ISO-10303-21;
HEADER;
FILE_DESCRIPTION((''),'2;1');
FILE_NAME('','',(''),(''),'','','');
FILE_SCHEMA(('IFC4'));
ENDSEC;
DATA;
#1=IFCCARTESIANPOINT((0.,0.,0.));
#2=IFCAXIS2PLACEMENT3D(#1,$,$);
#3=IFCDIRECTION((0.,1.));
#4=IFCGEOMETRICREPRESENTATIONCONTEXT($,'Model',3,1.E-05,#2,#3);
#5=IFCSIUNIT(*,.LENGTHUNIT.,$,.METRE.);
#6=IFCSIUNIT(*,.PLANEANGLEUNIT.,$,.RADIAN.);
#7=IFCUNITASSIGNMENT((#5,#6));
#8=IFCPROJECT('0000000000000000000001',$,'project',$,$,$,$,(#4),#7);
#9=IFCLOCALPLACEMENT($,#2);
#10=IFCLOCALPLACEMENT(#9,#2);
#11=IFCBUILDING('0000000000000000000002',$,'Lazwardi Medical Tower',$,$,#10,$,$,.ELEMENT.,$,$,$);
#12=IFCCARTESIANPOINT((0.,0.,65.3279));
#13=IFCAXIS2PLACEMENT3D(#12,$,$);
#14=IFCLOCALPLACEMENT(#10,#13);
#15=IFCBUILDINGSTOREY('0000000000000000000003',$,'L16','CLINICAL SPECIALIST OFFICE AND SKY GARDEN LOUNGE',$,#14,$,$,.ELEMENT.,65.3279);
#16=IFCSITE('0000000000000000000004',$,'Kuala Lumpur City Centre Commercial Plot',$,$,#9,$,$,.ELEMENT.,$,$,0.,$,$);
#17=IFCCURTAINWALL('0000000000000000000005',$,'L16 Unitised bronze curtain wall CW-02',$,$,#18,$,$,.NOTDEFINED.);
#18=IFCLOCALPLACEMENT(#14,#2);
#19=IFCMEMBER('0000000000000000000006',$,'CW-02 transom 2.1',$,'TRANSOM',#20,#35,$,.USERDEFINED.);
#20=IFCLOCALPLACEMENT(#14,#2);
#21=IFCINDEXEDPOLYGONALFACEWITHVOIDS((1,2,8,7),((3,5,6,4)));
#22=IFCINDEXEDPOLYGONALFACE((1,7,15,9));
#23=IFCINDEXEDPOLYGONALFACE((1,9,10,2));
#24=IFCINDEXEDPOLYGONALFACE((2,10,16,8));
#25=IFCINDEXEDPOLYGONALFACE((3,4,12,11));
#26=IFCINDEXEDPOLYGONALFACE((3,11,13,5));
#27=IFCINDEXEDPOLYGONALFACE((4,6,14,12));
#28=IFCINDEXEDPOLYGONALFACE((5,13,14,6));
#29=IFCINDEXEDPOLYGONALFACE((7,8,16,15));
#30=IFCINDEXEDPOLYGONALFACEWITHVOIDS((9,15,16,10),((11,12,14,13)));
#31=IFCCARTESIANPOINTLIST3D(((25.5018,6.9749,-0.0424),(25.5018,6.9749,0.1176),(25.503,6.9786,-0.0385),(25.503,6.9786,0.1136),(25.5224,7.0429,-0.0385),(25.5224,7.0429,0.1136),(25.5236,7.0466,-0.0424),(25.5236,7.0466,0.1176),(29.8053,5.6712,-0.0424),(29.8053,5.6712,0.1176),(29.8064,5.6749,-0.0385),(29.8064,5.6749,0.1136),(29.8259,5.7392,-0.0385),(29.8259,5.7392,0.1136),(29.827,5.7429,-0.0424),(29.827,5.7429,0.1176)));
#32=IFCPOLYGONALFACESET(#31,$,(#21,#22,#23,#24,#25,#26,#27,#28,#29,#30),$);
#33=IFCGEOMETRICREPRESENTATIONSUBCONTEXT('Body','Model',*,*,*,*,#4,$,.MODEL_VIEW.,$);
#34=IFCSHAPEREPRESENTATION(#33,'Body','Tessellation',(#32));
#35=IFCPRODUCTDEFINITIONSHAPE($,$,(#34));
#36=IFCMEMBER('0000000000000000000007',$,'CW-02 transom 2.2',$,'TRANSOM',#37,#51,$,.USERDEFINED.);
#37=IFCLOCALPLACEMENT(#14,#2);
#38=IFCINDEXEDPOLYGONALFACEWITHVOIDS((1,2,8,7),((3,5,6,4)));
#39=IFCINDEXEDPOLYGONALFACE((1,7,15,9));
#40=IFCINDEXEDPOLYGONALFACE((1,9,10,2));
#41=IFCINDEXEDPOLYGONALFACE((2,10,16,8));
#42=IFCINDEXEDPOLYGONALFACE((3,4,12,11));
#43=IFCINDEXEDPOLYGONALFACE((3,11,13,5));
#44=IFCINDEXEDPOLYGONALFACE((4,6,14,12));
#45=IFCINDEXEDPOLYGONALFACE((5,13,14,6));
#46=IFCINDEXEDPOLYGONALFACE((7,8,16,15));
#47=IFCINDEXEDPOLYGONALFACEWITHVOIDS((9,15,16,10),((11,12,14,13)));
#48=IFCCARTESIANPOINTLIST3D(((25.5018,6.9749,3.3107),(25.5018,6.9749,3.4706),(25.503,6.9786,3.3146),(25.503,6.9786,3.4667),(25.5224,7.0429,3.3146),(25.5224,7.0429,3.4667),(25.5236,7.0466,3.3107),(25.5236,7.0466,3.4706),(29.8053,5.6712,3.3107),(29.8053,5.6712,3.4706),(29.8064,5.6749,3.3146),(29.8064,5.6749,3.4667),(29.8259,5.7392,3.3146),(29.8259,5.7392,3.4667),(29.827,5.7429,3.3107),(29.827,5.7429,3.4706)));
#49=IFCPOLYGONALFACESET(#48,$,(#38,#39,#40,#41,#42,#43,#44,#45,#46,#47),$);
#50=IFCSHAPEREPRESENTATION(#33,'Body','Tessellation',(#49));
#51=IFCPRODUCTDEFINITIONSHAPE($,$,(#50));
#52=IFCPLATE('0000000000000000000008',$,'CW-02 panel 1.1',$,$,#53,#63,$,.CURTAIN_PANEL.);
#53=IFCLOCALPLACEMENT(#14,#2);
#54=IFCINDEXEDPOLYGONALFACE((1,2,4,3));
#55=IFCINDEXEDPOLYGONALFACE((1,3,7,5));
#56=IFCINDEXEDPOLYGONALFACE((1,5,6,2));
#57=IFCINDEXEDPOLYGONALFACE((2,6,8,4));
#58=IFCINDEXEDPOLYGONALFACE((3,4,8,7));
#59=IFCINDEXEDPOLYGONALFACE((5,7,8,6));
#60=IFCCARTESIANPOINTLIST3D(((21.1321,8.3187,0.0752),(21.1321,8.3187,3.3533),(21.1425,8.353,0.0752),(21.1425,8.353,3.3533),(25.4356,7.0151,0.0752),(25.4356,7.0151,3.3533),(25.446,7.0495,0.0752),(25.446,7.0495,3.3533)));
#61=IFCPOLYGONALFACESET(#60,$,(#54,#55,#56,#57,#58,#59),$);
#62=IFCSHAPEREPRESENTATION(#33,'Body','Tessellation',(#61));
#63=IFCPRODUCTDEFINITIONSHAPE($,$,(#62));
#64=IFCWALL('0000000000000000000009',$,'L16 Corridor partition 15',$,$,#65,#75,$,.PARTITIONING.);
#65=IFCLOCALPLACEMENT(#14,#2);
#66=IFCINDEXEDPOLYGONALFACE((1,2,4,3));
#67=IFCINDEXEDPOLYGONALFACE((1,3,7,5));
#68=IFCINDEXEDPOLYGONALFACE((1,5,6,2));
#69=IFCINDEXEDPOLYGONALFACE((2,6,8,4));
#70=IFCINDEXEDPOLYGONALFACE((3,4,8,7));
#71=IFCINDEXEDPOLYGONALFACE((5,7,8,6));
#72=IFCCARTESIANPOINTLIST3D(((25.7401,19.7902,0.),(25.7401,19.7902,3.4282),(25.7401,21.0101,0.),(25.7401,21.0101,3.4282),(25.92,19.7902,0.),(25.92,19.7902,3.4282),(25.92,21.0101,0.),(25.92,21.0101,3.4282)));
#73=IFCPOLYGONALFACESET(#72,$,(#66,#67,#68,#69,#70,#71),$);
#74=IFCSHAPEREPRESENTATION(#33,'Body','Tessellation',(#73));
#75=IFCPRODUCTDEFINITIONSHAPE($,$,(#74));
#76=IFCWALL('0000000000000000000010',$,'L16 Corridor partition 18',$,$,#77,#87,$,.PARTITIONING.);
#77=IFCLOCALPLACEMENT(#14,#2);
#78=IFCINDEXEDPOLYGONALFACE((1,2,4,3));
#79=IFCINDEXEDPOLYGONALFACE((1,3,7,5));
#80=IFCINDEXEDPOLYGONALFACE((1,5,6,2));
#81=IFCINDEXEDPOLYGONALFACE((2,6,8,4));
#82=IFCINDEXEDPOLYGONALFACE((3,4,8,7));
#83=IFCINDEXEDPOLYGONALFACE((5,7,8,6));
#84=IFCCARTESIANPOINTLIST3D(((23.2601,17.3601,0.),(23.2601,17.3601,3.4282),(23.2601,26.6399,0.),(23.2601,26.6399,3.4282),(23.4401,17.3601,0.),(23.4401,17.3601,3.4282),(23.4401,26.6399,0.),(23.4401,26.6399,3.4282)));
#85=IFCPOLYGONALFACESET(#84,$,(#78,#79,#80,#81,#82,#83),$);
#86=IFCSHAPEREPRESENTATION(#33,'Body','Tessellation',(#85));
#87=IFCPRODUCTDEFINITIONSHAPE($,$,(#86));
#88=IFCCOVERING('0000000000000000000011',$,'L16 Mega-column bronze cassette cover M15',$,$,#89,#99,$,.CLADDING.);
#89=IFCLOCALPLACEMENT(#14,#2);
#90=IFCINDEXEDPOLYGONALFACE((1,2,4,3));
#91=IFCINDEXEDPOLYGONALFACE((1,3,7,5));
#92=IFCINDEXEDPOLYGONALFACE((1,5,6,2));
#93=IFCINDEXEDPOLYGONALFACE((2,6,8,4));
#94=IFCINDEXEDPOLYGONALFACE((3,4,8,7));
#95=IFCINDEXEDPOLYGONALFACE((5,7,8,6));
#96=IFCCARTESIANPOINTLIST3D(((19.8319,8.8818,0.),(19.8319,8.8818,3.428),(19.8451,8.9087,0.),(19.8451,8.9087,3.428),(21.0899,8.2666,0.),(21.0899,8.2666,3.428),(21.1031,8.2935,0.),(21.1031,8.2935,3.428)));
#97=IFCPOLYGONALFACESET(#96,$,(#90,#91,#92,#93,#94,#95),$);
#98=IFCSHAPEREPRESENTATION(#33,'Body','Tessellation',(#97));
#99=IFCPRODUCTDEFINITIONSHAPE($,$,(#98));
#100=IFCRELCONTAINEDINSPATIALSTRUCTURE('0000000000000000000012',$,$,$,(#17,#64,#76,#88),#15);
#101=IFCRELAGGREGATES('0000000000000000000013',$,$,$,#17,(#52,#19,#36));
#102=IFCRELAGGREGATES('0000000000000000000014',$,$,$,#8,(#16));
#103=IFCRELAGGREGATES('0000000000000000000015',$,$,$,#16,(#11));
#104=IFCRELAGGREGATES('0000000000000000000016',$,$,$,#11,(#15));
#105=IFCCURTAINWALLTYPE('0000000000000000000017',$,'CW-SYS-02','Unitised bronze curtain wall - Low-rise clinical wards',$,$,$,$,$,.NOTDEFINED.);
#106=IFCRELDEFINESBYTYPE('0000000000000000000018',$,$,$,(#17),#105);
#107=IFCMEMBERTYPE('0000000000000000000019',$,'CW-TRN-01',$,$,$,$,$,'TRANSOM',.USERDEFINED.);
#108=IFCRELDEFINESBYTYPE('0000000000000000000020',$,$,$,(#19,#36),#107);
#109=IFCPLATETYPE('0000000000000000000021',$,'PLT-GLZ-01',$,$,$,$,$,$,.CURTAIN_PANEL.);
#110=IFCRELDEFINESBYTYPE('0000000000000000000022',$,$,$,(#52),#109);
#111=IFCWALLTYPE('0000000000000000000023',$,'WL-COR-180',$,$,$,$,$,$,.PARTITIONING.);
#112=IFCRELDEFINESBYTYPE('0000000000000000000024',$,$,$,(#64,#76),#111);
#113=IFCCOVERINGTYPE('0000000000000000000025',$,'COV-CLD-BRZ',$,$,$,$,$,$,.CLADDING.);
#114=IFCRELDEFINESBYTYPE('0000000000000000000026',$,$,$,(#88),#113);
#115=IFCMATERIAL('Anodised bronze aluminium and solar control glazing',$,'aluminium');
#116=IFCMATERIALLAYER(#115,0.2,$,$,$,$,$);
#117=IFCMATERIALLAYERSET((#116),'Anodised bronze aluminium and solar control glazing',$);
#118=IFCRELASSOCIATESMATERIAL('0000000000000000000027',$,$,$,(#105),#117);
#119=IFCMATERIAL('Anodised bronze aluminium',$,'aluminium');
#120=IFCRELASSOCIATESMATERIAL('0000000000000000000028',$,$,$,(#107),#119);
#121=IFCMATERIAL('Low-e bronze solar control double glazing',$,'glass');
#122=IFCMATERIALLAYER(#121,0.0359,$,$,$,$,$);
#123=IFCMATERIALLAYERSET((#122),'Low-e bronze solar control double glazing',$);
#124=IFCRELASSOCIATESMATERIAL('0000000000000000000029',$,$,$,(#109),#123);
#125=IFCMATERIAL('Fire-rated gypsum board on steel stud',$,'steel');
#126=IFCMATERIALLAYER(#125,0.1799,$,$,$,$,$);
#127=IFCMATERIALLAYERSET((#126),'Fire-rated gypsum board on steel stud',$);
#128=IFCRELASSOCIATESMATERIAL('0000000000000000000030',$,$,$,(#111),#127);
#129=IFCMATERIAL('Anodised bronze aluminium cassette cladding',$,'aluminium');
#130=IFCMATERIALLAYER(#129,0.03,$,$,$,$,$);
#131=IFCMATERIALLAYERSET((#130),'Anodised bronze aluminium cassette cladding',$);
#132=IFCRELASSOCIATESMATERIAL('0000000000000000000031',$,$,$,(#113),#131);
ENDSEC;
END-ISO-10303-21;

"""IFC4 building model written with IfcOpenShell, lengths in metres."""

from ifc_helpers import new_model, si_unit, direction, frame, frame_2d, origin, origin_2d, place, context, subcontext, project, spatial, rectangle, hollow_rectangle, extrude, material, layer, layer_set, material_profile, profile_set, type_object, element, aggregate, save


model = new_model("IFC4")

# Units and contexts
model_context = context("Model", 3, precision=1e-05, world=origin(), true_north=direction((0.0, 1.0)))
body_context = subcontext(model_context, "Body", "Model", "MODEL_VIEW")
ifc_project = project(units=[si_unit("LENGTHUNIT", "METRE"), si_unit("PLANEANGLEUNIT", "RADIAN")], contexts=[model_context])

# Site, building, storey
site_placement = place(None, origin())
site = spatial("IfcSite", under=ifc_project, at=site_placement, Name="Kuala Lumpur City Centre Commercial Plot", CompositionType="ELEMENT", RefElevation=0.0)
building_placement = place(site_placement, origin())
building = spatial("IfcBuilding", under=site, at=building_placement, Name="Lazwardi Medical Tower", CompositionType="ELEMENT")
storey_placement = place(building_placement, frame((0.0, 0.0, 65.3279)))
storey = spatial("IfcBuildingStorey", under=building, at=storey_placement, Name="L16", Description="CLINICAL SPECIALIST OFFICE AND SKY GARDEN LOUNGE", CompositionType="ELEMENT", Elevation=65.3279)

# Shared definitions
ifc_material_1 = material(Name="Anodised bronze aluminium and solar control glazing", Category="aluminium")
ifc_layer_1 = layer(ifc_material_1, 0.2)
ifc_layer_set_1 = layer_set([ifc_layer_1], Name="Anodised bronze aluminium and solar control glazing")
curtain_wall_type = type_object("IfcCurtainWallType", Name="CW-SYS-02", Description="Unitised bronze curtain wall - Low-rise clinical wards", PredefinedType="NOTDEFINED", material=ifc_layer_set_1)
ifc_material_2 = material(Name="Anodised bronze aluminium", Category="aluminium")

# Curtain wall, members, plate
curtain_wall_1_placement = place(storey_placement, origin())
curtain_wall_1 = element("IfcCurtainWall", 1, at=curtain_wall_1_placement, inside=storey, type_object=curtain_wall_type, Name="L16 Unitised bronze curtain wall CW-02", PredefinedType="NOTDEFINED")
ifc_material_profile_1 = material_profile(ifc_material_2, hollow_rectangle(XDim=0.075, YDim=0.1599, WallThickness=0.0039, at=origin_2d()), Name="ALU-TRANSOM 160x75x4")
ifc_profile_set_1 = profile_set([ifc_material_profile_1], Name="Anodised bronze aluminium")
member_type_1 = type_object("IfcMemberType", Name="CW-TRN-01", ElementType="TRANSOM", PredefinedType="USERDEFINED", material=ifc_profile_set_1)
member_1_placement = place(storey_placement, frame((25.5127, 7.0107, 0.0376), z_axis=(0.957047, -0.289932, 0.0), x_axis=(0.289932, 0.957047, 0.0)))
member_1 = element("IfcMember", 2, at=member_1_placement, type_object=member_type_1, Name="CW-02 transom 2.1", ObjectType="TRANSOM", PredefinedType="USERDEFINED", context=body_context, shape_type="SweptSolid", body=[
    extrude(hollow_rectangle(XDim=0.075, YDim=0.1599, WallThickness=0.0039, at=origin_2d()), origin(), (0.0, 0.0, 1.0), 4.4966),
])
member_2_placement = place(storey_placement, frame((25.5127, 7.0107, 3.3906), z_axis=(0.957047, -0.289932, 0.0), x_axis=(0.289932, 0.957047, 0.0)))
member_2 = element("IfcMember", 3, at=member_2_placement, type_object=member_type_1, Name="CW-02 transom 2.2", ObjectType="TRANSOM", PredefinedType="USERDEFINED", context=body_context, shape_type="SweptSolid", body=[
    extrude(hollow_rectangle(XDim=0.075, YDim=0.1599, WallThickness=0.0039, at=origin_2d()), origin(), (0.0, 0.0, 1.0), 4.4966),
])
ifc_material_3 = material(Name="Low-e bronze solar control double glazing", Category="glass")
ifc_layer_2 = layer(ifc_material_3, 0.0359)
ifc_layer_set_2 = layer_set([ifc_layer_2], Name="Low-e bronze solar control double glazing")
plate_type = type_object("IfcPlateType", Name="PLT-GLZ-01", PredefinedType="CURTAIN_PANEL", material=ifc_layer_set_2)
plate_placement = place(storey_placement, frame((23.2891, 7.6841, 0.0752), z_axis=(0.0, 0.0, 1.0), x_axis=(0.957058, -0.289896, 0.0)))
plate = element("IfcPlate", 4, at=plate_placement, type_object=plate_type, Name="CW-02 panel 1.1", PredefinedType="CURTAIN_PANEL", context=body_context, shape_type="SweptSolid", body=[
    extrude(rectangle(XDim=4.4966, YDim=0.0359, at=origin_2d()), origin(), (0.0, 0.0, 1.0), 3.2781),
])
aggregate(curtain_wall_1, [plate, member_1, member_2])

# Walls
ifc_material_4 = material(Name="Fire-rated gypsum board on steel stud", Category="steel")
ifc_layer_3 = layer(ifc_material_4, 0.1799)
ifc_layer_set_3 = layer_set([ifc_layer_3], Name="Fire-rated gypsum board on steel stud")
wall_type_1 = type_object("IfcWallType", Name="WL-COR-180", PredefinedType="PARTITIONING", material=ifc_layer_set_3)
wall_1_placement = place(storey_placement, frame((25.8301, 21.01, 0.0), z_axis=(0.0, 0.0, 1.0), x_axis=(0.0, -1.0, 0.0)))
element("IfcWall", 5, at=wall_1_placement, inside=storey, type_object=wall_type_1, Name="L16 Corridor partition 15", PredefinedType="PARTITIONING", context=body_context, shape_type="SweptSolid", body=[
    extrude(rectangle(XDim=1.22, YDim=0.1799, at=frame_2d((0.6099, 0.0))), origin(), (0.0, 0.0, 1.0), 3.4282),
])
wall_2_placement = place(storey_placement, frame((23.3501, 17.3601, 0.0), z_axis=(0.0, 0.0, 1.0), x_axis=(0.0, 1.0, 0.0)))
element("IfcWall", 6, at=wall_2_placement, inside=storey, type_object=wall_type_1, Name="L16 Corridor partition 18", PredefinedType="PARTITIONING", context=body_context, shape_type="SweptSolid", body=[
    extrude(rectangle(XDim=9.2798, YDim=0.1799, at=frame_2d((4.6399, 0.0))), origin(), (0.0, 0.0, 1.0), 3.4282),
])

# Covering
ifc_material_5 = material(Name="Anodised bronze aluminium cassette cladding", Category="aluminium")
ifc_layer_4 = layer(ifc_material_5, 0.03)
ifc_layer_set_4 = layer_set([ifc_layer_4], Name="Anodised bronze aluminium cassette cladding")
covering_type = type_object("IfcCoveringType", Name="COV-CLD-BRZ", PredefinedType="CLADDING", material=ifc_layer_set_4)
covering_placement = place(storey_placement, frame((20.4675, 8.5876, 0.0), z_axis=(0.0, 0.0, 1.0), x_axis=(0.898334, -0.439312, 0.0)))
element("IfcCovering", 7, at=covering_placement, inside=storey, type_object=covering_type, Name="L16 Mega-column bronze cassette cover M15", PredefinedType="CLADDING", context=body_context, shape_type="SweptSolid", body=[
    extrude(rectangle(XDim=1.4004, YDim=0.03, at=origin_2d()), origin(), (0.0, 0.0, 1.0), 3.428),
])

save(model, "model.ifc")
